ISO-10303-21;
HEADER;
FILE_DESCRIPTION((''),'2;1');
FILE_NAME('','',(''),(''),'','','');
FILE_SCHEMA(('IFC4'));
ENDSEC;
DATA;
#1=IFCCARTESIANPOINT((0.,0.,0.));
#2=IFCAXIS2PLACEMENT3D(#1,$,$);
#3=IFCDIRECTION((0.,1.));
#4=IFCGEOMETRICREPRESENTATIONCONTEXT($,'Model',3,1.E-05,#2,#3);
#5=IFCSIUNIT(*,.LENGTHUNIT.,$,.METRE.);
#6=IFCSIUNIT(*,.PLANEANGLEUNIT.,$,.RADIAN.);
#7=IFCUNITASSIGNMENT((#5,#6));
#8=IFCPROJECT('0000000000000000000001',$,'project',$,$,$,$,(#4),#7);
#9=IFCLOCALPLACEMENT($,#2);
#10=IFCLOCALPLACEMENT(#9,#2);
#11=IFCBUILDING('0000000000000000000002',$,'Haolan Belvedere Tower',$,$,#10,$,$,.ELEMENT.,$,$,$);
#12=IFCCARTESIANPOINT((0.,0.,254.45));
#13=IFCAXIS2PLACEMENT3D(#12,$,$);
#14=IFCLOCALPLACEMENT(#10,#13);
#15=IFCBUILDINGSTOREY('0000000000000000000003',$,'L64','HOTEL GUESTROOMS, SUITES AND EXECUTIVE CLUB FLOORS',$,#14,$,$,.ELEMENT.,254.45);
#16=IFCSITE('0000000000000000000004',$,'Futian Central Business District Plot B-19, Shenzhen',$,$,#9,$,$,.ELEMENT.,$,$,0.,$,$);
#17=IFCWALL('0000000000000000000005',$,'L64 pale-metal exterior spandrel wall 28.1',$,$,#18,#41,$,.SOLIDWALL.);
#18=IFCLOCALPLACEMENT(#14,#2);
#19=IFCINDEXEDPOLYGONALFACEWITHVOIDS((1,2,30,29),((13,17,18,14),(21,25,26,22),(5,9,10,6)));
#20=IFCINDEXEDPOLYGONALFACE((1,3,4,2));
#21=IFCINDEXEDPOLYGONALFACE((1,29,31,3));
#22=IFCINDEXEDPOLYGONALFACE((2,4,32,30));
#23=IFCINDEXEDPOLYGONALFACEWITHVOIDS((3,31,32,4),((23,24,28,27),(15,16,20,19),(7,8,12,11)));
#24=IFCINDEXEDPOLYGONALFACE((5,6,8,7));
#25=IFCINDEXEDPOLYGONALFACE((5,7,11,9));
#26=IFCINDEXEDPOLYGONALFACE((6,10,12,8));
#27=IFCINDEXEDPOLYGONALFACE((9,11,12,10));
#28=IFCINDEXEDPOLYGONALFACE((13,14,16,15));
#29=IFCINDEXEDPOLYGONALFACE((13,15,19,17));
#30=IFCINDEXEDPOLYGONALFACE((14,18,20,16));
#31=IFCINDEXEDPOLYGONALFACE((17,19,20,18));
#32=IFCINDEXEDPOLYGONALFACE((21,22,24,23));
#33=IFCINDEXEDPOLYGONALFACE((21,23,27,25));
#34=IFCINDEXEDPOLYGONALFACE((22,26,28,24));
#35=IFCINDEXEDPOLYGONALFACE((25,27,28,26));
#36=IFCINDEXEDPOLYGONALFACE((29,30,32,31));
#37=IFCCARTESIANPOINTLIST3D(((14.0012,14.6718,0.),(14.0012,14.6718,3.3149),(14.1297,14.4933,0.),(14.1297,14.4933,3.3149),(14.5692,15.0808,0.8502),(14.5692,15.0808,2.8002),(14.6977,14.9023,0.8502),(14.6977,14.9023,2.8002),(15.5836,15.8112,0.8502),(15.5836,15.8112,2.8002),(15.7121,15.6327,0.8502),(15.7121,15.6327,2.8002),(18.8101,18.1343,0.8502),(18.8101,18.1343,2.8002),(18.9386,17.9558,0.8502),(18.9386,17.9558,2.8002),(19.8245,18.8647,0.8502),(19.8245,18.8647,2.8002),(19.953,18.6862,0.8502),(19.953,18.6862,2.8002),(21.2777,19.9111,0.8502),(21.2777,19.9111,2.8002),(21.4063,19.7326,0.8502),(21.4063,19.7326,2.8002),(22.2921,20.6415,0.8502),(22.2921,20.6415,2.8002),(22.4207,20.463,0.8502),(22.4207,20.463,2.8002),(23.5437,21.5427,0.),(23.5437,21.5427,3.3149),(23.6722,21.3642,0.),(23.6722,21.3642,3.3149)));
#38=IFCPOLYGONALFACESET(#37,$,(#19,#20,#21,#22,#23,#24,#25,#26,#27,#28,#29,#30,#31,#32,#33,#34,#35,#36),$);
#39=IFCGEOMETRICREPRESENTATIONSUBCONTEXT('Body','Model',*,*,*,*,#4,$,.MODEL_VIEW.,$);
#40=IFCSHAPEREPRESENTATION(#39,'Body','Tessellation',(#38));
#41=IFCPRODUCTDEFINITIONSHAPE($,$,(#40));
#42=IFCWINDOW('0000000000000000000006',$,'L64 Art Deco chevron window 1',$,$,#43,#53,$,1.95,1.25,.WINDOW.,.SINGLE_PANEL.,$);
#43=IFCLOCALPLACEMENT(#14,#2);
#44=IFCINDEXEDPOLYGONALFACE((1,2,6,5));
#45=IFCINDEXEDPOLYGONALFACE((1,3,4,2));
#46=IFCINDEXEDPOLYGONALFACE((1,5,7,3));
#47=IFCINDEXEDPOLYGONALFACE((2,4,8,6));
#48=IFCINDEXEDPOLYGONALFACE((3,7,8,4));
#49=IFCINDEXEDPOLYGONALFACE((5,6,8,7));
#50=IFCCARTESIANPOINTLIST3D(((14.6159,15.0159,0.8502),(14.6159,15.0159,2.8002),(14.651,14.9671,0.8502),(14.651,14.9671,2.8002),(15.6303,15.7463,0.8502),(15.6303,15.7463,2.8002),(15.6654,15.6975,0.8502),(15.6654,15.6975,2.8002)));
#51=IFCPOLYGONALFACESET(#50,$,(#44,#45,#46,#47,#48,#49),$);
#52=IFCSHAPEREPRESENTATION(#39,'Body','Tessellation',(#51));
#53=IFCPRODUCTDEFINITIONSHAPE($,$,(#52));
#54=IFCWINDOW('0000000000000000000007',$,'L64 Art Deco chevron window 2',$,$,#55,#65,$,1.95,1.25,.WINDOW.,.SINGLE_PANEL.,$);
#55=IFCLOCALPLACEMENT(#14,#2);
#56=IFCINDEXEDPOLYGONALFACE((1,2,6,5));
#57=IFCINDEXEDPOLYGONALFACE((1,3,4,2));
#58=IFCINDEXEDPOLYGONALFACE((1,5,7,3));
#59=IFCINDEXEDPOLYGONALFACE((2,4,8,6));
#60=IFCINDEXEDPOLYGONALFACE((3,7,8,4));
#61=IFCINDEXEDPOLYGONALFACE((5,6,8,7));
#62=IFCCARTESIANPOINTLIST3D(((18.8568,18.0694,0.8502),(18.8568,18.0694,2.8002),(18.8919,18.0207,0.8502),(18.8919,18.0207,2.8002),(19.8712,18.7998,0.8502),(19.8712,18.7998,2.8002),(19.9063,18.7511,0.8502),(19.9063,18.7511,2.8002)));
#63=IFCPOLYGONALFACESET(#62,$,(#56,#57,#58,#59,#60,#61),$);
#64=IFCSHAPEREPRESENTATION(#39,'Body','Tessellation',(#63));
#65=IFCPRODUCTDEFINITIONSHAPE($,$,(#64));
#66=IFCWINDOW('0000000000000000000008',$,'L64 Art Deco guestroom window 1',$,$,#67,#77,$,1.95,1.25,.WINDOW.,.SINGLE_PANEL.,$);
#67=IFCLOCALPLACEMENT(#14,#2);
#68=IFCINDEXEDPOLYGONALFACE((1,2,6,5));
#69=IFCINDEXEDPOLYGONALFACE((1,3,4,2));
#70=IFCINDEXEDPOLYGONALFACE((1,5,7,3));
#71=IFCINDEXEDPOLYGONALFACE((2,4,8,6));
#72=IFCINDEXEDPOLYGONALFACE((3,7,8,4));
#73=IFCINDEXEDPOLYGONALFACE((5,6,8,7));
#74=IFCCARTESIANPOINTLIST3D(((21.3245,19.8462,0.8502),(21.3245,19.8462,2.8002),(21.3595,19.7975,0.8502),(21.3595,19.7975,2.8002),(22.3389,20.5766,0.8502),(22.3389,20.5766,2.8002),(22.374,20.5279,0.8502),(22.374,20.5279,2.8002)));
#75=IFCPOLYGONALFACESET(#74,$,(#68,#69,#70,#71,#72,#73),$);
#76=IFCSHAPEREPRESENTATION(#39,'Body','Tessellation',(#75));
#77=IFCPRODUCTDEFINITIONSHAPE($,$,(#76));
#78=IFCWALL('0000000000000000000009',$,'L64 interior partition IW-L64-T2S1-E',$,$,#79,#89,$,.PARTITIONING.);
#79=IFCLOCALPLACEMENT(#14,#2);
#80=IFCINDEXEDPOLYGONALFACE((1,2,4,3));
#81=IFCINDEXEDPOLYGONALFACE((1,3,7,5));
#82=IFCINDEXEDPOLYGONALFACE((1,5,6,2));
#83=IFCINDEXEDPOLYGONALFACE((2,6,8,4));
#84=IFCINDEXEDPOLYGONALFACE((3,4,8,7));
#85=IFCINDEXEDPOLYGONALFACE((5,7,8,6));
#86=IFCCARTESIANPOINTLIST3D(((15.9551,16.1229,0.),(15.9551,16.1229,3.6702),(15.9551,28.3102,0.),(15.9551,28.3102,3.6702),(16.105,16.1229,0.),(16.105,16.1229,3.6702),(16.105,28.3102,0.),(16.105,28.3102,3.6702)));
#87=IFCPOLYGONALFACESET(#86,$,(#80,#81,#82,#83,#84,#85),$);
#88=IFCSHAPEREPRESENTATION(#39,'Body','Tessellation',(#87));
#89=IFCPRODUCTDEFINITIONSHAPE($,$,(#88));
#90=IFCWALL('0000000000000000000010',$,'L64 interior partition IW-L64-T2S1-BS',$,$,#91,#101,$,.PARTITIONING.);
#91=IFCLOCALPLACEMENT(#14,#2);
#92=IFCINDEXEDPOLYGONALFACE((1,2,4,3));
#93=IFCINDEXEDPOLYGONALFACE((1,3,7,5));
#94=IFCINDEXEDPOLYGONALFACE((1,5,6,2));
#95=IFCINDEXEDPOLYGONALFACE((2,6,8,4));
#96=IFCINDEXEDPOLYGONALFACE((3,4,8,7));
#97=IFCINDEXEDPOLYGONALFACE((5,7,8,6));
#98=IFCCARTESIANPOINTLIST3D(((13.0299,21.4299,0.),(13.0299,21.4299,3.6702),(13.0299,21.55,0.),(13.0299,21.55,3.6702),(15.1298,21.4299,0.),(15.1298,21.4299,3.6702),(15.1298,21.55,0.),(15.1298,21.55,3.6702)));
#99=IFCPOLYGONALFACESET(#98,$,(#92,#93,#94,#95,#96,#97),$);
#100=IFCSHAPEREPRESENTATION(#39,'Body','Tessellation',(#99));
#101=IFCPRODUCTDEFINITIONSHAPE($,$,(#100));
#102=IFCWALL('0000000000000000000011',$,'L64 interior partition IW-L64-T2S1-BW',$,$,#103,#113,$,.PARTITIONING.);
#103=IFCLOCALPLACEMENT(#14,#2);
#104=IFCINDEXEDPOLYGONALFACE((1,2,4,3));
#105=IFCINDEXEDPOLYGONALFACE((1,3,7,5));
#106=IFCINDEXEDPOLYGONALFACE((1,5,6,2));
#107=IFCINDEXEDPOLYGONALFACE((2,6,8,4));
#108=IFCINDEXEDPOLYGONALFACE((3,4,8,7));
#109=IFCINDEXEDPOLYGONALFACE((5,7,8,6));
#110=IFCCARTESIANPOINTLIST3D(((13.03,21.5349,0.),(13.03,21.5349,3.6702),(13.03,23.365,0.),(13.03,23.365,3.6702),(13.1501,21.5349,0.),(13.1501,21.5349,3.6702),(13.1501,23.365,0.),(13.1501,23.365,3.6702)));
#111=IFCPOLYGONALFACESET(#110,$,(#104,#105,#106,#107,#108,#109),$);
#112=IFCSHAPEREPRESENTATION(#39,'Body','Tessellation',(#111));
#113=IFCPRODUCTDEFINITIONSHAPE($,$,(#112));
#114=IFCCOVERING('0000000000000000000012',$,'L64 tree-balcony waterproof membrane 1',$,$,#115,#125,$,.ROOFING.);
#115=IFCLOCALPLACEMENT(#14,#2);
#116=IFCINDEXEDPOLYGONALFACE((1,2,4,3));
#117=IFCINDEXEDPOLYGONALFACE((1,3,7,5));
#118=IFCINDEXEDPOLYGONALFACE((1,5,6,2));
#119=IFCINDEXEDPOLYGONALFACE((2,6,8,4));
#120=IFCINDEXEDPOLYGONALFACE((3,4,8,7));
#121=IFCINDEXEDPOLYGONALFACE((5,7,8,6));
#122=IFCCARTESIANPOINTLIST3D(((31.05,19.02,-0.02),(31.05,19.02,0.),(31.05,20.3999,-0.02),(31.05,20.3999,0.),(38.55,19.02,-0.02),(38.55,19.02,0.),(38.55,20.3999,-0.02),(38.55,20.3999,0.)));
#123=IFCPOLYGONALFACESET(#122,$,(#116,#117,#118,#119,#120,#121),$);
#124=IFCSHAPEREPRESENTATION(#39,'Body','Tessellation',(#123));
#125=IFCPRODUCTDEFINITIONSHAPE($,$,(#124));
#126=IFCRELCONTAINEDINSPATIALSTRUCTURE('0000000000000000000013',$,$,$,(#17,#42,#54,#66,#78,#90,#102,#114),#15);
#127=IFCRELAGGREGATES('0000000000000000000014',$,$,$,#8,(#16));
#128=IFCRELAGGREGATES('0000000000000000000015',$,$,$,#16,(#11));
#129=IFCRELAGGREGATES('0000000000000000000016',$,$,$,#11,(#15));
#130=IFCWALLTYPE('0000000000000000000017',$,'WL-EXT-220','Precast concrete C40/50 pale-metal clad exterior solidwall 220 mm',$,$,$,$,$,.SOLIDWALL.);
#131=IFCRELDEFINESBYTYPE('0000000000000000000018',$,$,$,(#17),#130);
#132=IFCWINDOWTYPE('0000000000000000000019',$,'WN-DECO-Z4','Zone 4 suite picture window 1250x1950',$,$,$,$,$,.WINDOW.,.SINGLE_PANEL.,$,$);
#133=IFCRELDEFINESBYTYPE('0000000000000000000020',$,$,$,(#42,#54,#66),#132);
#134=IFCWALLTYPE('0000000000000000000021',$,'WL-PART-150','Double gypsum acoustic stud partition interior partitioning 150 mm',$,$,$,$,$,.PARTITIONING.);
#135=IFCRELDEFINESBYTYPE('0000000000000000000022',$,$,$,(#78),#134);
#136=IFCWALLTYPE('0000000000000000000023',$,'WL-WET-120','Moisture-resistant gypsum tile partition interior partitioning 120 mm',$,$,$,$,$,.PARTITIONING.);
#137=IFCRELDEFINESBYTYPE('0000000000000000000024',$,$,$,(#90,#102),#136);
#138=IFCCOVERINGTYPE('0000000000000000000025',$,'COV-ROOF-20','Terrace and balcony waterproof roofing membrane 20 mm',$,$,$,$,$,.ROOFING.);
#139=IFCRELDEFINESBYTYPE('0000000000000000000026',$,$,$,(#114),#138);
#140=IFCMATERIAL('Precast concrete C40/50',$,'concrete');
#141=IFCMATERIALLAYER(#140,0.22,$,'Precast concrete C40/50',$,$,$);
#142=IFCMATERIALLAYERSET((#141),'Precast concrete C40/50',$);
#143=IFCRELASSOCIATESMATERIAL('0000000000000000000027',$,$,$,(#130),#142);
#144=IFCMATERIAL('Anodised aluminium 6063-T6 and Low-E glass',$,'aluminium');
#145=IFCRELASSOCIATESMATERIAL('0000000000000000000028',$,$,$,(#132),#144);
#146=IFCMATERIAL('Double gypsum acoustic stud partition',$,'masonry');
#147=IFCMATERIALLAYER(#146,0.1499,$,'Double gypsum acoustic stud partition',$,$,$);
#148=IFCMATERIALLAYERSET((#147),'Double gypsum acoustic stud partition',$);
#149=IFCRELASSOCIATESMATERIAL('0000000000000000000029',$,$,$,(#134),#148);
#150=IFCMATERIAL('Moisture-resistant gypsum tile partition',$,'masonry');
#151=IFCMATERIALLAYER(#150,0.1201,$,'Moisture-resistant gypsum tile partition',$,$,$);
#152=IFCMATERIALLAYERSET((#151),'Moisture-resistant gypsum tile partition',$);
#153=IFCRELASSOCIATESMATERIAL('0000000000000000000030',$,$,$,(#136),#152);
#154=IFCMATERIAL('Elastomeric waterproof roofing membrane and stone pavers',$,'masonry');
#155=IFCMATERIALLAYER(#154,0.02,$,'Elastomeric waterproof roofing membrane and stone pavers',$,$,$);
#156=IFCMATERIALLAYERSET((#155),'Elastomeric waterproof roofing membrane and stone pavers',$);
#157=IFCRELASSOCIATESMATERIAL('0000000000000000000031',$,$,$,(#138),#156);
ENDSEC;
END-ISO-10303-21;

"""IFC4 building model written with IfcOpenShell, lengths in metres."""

from ifc_helpers import new_model, si_unit, direction, frame, frame_2d, origin, place, context, subcontext, project, spatial, polyline, rectangle, outline, extrude, material, layer, layer_set, type_object, element, fill, save


model = new_model("IFC4")

# Units and contexts
model_context = context("Model", 3, precision=1e-05, world=origin(), true_north=direction((0.0, 1.0)))
body_context = subcontext(model_context, "Body", "Model", "MODEL_VIEW")
ifc_project = project(units=[si_unit("LENGTHUNIT", "METRE"), si_unit("PLANEANGLEUNIT", "RADIAN")], contexts=[model_context])

# Site, building, storey
site_placement = place(None, origin())
site = spatial("IfcSite", under=ifc_project, at=site_placement, Name="Futian Central Business District Plot B-19, Shenzhen", CompositionType="ELEMENT", RefElevation=0.0)
building_placement = place(site_placement, origin())
building = spatial("IfcBuilding", under=site, at=building_placement, Name="Haolan Belvedere Tower", CompositionType="ELEMENT")
storey_placement = place(building_placement, frame((0.0, 0.0, 254.45)))
storey = spatial("IfcBuildingStorey", under=building, at=storey_placement, Name="L64", Description="HOTEL GUESTROOMS, SUITES AND EXECUTIVE CLUB FLOORS", CompositionType="ELEMENT", Elevation=254.45)

# Shared definitions
ifc_material_1 = material(Name="Precast concrete C40/50", Category="concrete")
ifc_layer_1 = layer(ifc_material_1, 0.22, Name="Precast concrete C40/50")
ifc_layer_set_1 = layer_set([ifc_layer_1], Name="Precast concrete C40/50")
wall_type_1 = type_object("IfcWallType", Name="WL-EXT-220", Description="Precast concrete C40/50 pale-metal clad exterior solidwall 220 mm", PredefinedType="SOLIDWALL", material=ifc_layer_set_1)

# Wall, openings, windows
wall_1_placement = place(storey_placement, frame((14.0654, 14.5825, 0.0), z_axis=(0.0, 0.0, 1.0), x_axis=(0.811524, 0.584319, 0.0)))
wall_1 = element("IfcWall", 1, at=wall_1_placement, inside=storey, type_object=wall_type_1, Name="L64 pale-metal exterior spandrel wall 28.1", PredefinedType="SOLIDWALL", context=body_context, shape_type="SweptSolid", body=[
    extrude(rectangle(XDim=11.7588, YDim=0.22, at=frame_2d((5.8794, 0.0))), origin(), (0.0, 0.0, 1.0), 3.3149),
])
opening_1_placement = place(wall_1_placement, frame((0.7, 0.0, 0.8501)))
opening_1 = element("IfcOpeningElement", 2, at=opening_1_placement, cuts=wall_1, PredefinedType="OPENING", context=body_context, shape_type="SweptSolid", body=[
    extrude(rectangle(XDim=1.25, YDim=1.95, at=frame_2d((0.625, 0.9751))), frame((0.0, 0.1199, 0.0), z_axis=(0.0, -1.0, 0.0), x_axis=(1.0, 0.0, 0.0)), (0.0, 0.0, 1.0), 0.24),
])
opening_2_placement = place(wall_1_placement, frame((5.9258, 0.0, 0.8501)))
opening_2 = element("IfcOpeningElement", 3, at=opening_2_placement, cuts=wall_1, PredefinedType="OPENING", context=body_context, shape_type="SweptSolid", body=[
    extrude(rectangle(XDim=1.25, YDim=1.95, at=frame_2d((0.625, 0.9751))), frame((0.0, 0.1199, 0.0), z_axis=(0.0, -1.0, 0.0), x_axis=(1.0, 0.0, 0.0)), (0.0, 0.0, 1.0), 0.24),
])
opening_3_placement = place(wall_1_placement, frame((8.9666, 0.0, 0.8501)))
opening_3 = element("IfcOpeningElement", 4, at=opening_3_placement, cuts=wall_1, PredefinedType="OPENING", context=body_context, shape_type="SweptSolid", body=[
    extrude(rectangle(XDim=1.25, YDim=1.95, at=frame_2d((0.625, 0.9751))), frame((0.0, 0.1199, 0.0), z_axis=(0.0, -1.0, 0.0), x_axis=(1.0, 0.0, 0.0)), (0.0, 0.0, 1.0), 0.24),
])
ifc_material_2 = material(Name="Anodised aluminium 6063-T6 and Low-E glass", Category="aluminium")
window_type = type_object("IfcWindowType", Name="WN-DECO-Z4", Description="Zone 4 suite picture window 1250x1950", PartitioningType="SINGLE_PANEL", PredefinedType="WINDOW", material=ifc_material_2)
window_1_placement = place(opening_1_placement, origin())
window_1 = element("IfcWindow", 5, at=window_1_placement, inside=storey, type_object=window_type, Name="L64 Art Deco chevron window 1", OverallHeight=1.95, OverallWidth=1.25, PartitioningType="SINGLE_PANEL", PredefinedType="WINDOW", context=body_context, shape_type="SweptSolid", body=[
    extrude(rectangle(XDim=1.25, YDim=1.95, at=frame_2d((0.625, 0.9751))), frame((0.0, 0.03, 0.0), z_axis=(0.0, -1.0, 0.0), x_axis=(1.0, 0.0, 0.0)), (0.0, 0.0, 1.0), 0.0601),
])
fill(opening_1, window_1)
window_2_placement = place(opening_2_placement, origin())
window_2 = element("IfcWindow", 6, at=window_2_placement, inside=storey, type_object=window_type, Name="L64 Art Deco chevron window 2", OverallHeight=1.95, OverallWidth=1.25, PartitioningType="SINGLE_PANEL", PredefinedType="WINDOW", context=body_context, shape_type="SweptSolid", body=[
    extrude(rectangle(XDim=1.25, YDim=1.95, at=frame_2d((0.625, 0.9751))), frame((0.0, 0.03, 0.0), z_axis=(0.0, -1.0, 0.0), x_axis=(1.0, 0.0, 0.0)), (0.0, 0.0, 1.0), 0.0601),
])
fill(opening_2, window_2)
window_3_placement = place(opening_3_placement, origin())
window_3 = element("IfcWindow", 7, at=window_3_placement, inside=storey, type_object=window_type, Name="L64 Art Deco guestroom window 1", OverallHeight=1.95, OverallWidth=1.25, PartitioningType="SINGLE_PANEL", PredefinedType="WINDOW", context=body_context, shape_type="SweptSolid", body=[
    extrude(rectangle(XDim=1.25, YDim=1.95, at=frame_2d((0.625, 0.9751))), frame((0.0, 0.03, 0.0), z_axis=(0.0, -1.0, 0.0), x_axis=(1.0, 0.0, 0.0)), (0.0, 0.0, 1.0), 0.0601),
])
fill(opening_3, window_3)

# Walls
ifc_material_3 = material(Name="Double gypsum acoustic stud partition", Category="masonry")
ifc_layer_2 = layer(ifc_material_3, 0.1499, Name="Double gypsum acoustic stud partition")
ifc_layer_set_2 = layer_set([ifc_layer_2], Name="Double gypsum acoustic stud partition")
wall_type_2 = type_object("IfcWallType", Name="WL-PART-150", Description="Double gypsum acoustic stud partition interior partitioning 150 mm", PredefinedType="PARTITIONING", material=ifc_layer_set_2)
wall_2_placement = place(storey_placement, frame((16.03, 16.1228, 0.0), z_axis=(0.0, 0.0, 1.0), x_axis=(0.0, 1.0, 0.0)))
element("IfcWall", 8, at=wall_2_placement, inside=storey, type_object=wall_type_2, Name="L64 interior partition IW-L64-T2S1-E", PredefinedType="PARTITIONING", context=body_context, shape_type="SweptSolid", body=[
    extrude(rectangle(XDim=12.1873, YDim=0.1499, at=frame_2d((6.0938, 0.0))), origin(), (0.0, 0.0, 1.0), 3.6702),
])
ifc_material_4 = material(Name="Moisture-resistant gypsum tile partition", Category="masonry")
ifc_layer_3 = layer(ifc_material_4, 0.1201, Name="Moisture-resistant gypsum tile partition")
ifc_layer_set_3 = layer_set([ifc_layer_3], Name="Moisture-resistant gypsum tile partition")
wall_type_3 = type_object("IfcWallType", Name="WL-WET-120", Description="Moisture-resistant gypsum tile partition interior partitioning 120 mm", PredefinedType="PARTITIONING", material=ifc_layer_set_3)
wall_3_placement = place(storey_placement, frame((13.03, 21.49, 0.0), z_axis=(0.0, 0.0, 1.0), x_axis=(1.0, 0.0, 0.0)))
element("IfcWall", 9, at=wall_3_placement, inside=storey, type_object=wall_type_3, Name="L64 interior partition IW-L64-T2S1-BS", PredefinedType="PARTITIONING", context=body_context, shape_type="SweptSolid", body=[
    extrude(rectangle(XDim=2.0999, YDim=0.1201, at=frame_2d((1.0498, 0.0))), origin(), (0.0, 0.0, 1.0), 3.6702),
])
wall_4_placement = place(storey_placement, frame((13.0901, 21.5349, 0.0), z_axis=(0.0, 0.0, 1.0), x_axis=(0.0, 1.0, 0.0)))
element("IfcWall", 10, at=wall_4_placement, inside=storey, type_object=wall_type_3, Name="L64 interior partition IW-L64-T2S1-BW", PredefinedType="PARTITIONING", context=body_context, shape_type="SweptSolid", body=[
    extrude(rectangle(XDim=1.8301, YDim=0.1201, at=frame_2d((0.915, 0.0))), origin(), (0.0, 0.0, 1.0), 3.6702),
])

# Covering
ifc_material_5 = material(Name="Elastomeric waterproof roofing membrane and stone pavers", Category="masonry")
ifc_layer_4 = layer(ifc_material_5, 0.02, Name="Elastomeric waterproof roofing membrane and stone pavers")
ifc_layer_set_4 = layer_set([ifc_layer_4], Name="Elastomeric waterproof roofing membrane and stone pavers")
covering_type = type_object("IfcCoveringType", Name="COV-ROOF-20", Description="Terrace and balcony waterproof roofing membrane 20 mm", PredefinedType="ROOFING", material=ifc_layer_set_4)
covering_placement = place(storey_placement, frame((0.0, 0.0, -0.02)))
element("IfcCovering", 11, at=covering_placement, inside=storey, type_object=covering_type, Name="L64 tree-balcony waterproof membrane 1", PredefinedType="ROOFING", context=body_context, shape_type="SweptSolid", body=[
    extrude(outline(polyline([(31.05, 19.02), (38.55, 19.02), (38.55, 20.3999), (31.05, 20.3999), (31.05, 19.02)])), origin(), (0.0, 0.0, 1.0), 0.02),
])

save(model, "model.ifc")
